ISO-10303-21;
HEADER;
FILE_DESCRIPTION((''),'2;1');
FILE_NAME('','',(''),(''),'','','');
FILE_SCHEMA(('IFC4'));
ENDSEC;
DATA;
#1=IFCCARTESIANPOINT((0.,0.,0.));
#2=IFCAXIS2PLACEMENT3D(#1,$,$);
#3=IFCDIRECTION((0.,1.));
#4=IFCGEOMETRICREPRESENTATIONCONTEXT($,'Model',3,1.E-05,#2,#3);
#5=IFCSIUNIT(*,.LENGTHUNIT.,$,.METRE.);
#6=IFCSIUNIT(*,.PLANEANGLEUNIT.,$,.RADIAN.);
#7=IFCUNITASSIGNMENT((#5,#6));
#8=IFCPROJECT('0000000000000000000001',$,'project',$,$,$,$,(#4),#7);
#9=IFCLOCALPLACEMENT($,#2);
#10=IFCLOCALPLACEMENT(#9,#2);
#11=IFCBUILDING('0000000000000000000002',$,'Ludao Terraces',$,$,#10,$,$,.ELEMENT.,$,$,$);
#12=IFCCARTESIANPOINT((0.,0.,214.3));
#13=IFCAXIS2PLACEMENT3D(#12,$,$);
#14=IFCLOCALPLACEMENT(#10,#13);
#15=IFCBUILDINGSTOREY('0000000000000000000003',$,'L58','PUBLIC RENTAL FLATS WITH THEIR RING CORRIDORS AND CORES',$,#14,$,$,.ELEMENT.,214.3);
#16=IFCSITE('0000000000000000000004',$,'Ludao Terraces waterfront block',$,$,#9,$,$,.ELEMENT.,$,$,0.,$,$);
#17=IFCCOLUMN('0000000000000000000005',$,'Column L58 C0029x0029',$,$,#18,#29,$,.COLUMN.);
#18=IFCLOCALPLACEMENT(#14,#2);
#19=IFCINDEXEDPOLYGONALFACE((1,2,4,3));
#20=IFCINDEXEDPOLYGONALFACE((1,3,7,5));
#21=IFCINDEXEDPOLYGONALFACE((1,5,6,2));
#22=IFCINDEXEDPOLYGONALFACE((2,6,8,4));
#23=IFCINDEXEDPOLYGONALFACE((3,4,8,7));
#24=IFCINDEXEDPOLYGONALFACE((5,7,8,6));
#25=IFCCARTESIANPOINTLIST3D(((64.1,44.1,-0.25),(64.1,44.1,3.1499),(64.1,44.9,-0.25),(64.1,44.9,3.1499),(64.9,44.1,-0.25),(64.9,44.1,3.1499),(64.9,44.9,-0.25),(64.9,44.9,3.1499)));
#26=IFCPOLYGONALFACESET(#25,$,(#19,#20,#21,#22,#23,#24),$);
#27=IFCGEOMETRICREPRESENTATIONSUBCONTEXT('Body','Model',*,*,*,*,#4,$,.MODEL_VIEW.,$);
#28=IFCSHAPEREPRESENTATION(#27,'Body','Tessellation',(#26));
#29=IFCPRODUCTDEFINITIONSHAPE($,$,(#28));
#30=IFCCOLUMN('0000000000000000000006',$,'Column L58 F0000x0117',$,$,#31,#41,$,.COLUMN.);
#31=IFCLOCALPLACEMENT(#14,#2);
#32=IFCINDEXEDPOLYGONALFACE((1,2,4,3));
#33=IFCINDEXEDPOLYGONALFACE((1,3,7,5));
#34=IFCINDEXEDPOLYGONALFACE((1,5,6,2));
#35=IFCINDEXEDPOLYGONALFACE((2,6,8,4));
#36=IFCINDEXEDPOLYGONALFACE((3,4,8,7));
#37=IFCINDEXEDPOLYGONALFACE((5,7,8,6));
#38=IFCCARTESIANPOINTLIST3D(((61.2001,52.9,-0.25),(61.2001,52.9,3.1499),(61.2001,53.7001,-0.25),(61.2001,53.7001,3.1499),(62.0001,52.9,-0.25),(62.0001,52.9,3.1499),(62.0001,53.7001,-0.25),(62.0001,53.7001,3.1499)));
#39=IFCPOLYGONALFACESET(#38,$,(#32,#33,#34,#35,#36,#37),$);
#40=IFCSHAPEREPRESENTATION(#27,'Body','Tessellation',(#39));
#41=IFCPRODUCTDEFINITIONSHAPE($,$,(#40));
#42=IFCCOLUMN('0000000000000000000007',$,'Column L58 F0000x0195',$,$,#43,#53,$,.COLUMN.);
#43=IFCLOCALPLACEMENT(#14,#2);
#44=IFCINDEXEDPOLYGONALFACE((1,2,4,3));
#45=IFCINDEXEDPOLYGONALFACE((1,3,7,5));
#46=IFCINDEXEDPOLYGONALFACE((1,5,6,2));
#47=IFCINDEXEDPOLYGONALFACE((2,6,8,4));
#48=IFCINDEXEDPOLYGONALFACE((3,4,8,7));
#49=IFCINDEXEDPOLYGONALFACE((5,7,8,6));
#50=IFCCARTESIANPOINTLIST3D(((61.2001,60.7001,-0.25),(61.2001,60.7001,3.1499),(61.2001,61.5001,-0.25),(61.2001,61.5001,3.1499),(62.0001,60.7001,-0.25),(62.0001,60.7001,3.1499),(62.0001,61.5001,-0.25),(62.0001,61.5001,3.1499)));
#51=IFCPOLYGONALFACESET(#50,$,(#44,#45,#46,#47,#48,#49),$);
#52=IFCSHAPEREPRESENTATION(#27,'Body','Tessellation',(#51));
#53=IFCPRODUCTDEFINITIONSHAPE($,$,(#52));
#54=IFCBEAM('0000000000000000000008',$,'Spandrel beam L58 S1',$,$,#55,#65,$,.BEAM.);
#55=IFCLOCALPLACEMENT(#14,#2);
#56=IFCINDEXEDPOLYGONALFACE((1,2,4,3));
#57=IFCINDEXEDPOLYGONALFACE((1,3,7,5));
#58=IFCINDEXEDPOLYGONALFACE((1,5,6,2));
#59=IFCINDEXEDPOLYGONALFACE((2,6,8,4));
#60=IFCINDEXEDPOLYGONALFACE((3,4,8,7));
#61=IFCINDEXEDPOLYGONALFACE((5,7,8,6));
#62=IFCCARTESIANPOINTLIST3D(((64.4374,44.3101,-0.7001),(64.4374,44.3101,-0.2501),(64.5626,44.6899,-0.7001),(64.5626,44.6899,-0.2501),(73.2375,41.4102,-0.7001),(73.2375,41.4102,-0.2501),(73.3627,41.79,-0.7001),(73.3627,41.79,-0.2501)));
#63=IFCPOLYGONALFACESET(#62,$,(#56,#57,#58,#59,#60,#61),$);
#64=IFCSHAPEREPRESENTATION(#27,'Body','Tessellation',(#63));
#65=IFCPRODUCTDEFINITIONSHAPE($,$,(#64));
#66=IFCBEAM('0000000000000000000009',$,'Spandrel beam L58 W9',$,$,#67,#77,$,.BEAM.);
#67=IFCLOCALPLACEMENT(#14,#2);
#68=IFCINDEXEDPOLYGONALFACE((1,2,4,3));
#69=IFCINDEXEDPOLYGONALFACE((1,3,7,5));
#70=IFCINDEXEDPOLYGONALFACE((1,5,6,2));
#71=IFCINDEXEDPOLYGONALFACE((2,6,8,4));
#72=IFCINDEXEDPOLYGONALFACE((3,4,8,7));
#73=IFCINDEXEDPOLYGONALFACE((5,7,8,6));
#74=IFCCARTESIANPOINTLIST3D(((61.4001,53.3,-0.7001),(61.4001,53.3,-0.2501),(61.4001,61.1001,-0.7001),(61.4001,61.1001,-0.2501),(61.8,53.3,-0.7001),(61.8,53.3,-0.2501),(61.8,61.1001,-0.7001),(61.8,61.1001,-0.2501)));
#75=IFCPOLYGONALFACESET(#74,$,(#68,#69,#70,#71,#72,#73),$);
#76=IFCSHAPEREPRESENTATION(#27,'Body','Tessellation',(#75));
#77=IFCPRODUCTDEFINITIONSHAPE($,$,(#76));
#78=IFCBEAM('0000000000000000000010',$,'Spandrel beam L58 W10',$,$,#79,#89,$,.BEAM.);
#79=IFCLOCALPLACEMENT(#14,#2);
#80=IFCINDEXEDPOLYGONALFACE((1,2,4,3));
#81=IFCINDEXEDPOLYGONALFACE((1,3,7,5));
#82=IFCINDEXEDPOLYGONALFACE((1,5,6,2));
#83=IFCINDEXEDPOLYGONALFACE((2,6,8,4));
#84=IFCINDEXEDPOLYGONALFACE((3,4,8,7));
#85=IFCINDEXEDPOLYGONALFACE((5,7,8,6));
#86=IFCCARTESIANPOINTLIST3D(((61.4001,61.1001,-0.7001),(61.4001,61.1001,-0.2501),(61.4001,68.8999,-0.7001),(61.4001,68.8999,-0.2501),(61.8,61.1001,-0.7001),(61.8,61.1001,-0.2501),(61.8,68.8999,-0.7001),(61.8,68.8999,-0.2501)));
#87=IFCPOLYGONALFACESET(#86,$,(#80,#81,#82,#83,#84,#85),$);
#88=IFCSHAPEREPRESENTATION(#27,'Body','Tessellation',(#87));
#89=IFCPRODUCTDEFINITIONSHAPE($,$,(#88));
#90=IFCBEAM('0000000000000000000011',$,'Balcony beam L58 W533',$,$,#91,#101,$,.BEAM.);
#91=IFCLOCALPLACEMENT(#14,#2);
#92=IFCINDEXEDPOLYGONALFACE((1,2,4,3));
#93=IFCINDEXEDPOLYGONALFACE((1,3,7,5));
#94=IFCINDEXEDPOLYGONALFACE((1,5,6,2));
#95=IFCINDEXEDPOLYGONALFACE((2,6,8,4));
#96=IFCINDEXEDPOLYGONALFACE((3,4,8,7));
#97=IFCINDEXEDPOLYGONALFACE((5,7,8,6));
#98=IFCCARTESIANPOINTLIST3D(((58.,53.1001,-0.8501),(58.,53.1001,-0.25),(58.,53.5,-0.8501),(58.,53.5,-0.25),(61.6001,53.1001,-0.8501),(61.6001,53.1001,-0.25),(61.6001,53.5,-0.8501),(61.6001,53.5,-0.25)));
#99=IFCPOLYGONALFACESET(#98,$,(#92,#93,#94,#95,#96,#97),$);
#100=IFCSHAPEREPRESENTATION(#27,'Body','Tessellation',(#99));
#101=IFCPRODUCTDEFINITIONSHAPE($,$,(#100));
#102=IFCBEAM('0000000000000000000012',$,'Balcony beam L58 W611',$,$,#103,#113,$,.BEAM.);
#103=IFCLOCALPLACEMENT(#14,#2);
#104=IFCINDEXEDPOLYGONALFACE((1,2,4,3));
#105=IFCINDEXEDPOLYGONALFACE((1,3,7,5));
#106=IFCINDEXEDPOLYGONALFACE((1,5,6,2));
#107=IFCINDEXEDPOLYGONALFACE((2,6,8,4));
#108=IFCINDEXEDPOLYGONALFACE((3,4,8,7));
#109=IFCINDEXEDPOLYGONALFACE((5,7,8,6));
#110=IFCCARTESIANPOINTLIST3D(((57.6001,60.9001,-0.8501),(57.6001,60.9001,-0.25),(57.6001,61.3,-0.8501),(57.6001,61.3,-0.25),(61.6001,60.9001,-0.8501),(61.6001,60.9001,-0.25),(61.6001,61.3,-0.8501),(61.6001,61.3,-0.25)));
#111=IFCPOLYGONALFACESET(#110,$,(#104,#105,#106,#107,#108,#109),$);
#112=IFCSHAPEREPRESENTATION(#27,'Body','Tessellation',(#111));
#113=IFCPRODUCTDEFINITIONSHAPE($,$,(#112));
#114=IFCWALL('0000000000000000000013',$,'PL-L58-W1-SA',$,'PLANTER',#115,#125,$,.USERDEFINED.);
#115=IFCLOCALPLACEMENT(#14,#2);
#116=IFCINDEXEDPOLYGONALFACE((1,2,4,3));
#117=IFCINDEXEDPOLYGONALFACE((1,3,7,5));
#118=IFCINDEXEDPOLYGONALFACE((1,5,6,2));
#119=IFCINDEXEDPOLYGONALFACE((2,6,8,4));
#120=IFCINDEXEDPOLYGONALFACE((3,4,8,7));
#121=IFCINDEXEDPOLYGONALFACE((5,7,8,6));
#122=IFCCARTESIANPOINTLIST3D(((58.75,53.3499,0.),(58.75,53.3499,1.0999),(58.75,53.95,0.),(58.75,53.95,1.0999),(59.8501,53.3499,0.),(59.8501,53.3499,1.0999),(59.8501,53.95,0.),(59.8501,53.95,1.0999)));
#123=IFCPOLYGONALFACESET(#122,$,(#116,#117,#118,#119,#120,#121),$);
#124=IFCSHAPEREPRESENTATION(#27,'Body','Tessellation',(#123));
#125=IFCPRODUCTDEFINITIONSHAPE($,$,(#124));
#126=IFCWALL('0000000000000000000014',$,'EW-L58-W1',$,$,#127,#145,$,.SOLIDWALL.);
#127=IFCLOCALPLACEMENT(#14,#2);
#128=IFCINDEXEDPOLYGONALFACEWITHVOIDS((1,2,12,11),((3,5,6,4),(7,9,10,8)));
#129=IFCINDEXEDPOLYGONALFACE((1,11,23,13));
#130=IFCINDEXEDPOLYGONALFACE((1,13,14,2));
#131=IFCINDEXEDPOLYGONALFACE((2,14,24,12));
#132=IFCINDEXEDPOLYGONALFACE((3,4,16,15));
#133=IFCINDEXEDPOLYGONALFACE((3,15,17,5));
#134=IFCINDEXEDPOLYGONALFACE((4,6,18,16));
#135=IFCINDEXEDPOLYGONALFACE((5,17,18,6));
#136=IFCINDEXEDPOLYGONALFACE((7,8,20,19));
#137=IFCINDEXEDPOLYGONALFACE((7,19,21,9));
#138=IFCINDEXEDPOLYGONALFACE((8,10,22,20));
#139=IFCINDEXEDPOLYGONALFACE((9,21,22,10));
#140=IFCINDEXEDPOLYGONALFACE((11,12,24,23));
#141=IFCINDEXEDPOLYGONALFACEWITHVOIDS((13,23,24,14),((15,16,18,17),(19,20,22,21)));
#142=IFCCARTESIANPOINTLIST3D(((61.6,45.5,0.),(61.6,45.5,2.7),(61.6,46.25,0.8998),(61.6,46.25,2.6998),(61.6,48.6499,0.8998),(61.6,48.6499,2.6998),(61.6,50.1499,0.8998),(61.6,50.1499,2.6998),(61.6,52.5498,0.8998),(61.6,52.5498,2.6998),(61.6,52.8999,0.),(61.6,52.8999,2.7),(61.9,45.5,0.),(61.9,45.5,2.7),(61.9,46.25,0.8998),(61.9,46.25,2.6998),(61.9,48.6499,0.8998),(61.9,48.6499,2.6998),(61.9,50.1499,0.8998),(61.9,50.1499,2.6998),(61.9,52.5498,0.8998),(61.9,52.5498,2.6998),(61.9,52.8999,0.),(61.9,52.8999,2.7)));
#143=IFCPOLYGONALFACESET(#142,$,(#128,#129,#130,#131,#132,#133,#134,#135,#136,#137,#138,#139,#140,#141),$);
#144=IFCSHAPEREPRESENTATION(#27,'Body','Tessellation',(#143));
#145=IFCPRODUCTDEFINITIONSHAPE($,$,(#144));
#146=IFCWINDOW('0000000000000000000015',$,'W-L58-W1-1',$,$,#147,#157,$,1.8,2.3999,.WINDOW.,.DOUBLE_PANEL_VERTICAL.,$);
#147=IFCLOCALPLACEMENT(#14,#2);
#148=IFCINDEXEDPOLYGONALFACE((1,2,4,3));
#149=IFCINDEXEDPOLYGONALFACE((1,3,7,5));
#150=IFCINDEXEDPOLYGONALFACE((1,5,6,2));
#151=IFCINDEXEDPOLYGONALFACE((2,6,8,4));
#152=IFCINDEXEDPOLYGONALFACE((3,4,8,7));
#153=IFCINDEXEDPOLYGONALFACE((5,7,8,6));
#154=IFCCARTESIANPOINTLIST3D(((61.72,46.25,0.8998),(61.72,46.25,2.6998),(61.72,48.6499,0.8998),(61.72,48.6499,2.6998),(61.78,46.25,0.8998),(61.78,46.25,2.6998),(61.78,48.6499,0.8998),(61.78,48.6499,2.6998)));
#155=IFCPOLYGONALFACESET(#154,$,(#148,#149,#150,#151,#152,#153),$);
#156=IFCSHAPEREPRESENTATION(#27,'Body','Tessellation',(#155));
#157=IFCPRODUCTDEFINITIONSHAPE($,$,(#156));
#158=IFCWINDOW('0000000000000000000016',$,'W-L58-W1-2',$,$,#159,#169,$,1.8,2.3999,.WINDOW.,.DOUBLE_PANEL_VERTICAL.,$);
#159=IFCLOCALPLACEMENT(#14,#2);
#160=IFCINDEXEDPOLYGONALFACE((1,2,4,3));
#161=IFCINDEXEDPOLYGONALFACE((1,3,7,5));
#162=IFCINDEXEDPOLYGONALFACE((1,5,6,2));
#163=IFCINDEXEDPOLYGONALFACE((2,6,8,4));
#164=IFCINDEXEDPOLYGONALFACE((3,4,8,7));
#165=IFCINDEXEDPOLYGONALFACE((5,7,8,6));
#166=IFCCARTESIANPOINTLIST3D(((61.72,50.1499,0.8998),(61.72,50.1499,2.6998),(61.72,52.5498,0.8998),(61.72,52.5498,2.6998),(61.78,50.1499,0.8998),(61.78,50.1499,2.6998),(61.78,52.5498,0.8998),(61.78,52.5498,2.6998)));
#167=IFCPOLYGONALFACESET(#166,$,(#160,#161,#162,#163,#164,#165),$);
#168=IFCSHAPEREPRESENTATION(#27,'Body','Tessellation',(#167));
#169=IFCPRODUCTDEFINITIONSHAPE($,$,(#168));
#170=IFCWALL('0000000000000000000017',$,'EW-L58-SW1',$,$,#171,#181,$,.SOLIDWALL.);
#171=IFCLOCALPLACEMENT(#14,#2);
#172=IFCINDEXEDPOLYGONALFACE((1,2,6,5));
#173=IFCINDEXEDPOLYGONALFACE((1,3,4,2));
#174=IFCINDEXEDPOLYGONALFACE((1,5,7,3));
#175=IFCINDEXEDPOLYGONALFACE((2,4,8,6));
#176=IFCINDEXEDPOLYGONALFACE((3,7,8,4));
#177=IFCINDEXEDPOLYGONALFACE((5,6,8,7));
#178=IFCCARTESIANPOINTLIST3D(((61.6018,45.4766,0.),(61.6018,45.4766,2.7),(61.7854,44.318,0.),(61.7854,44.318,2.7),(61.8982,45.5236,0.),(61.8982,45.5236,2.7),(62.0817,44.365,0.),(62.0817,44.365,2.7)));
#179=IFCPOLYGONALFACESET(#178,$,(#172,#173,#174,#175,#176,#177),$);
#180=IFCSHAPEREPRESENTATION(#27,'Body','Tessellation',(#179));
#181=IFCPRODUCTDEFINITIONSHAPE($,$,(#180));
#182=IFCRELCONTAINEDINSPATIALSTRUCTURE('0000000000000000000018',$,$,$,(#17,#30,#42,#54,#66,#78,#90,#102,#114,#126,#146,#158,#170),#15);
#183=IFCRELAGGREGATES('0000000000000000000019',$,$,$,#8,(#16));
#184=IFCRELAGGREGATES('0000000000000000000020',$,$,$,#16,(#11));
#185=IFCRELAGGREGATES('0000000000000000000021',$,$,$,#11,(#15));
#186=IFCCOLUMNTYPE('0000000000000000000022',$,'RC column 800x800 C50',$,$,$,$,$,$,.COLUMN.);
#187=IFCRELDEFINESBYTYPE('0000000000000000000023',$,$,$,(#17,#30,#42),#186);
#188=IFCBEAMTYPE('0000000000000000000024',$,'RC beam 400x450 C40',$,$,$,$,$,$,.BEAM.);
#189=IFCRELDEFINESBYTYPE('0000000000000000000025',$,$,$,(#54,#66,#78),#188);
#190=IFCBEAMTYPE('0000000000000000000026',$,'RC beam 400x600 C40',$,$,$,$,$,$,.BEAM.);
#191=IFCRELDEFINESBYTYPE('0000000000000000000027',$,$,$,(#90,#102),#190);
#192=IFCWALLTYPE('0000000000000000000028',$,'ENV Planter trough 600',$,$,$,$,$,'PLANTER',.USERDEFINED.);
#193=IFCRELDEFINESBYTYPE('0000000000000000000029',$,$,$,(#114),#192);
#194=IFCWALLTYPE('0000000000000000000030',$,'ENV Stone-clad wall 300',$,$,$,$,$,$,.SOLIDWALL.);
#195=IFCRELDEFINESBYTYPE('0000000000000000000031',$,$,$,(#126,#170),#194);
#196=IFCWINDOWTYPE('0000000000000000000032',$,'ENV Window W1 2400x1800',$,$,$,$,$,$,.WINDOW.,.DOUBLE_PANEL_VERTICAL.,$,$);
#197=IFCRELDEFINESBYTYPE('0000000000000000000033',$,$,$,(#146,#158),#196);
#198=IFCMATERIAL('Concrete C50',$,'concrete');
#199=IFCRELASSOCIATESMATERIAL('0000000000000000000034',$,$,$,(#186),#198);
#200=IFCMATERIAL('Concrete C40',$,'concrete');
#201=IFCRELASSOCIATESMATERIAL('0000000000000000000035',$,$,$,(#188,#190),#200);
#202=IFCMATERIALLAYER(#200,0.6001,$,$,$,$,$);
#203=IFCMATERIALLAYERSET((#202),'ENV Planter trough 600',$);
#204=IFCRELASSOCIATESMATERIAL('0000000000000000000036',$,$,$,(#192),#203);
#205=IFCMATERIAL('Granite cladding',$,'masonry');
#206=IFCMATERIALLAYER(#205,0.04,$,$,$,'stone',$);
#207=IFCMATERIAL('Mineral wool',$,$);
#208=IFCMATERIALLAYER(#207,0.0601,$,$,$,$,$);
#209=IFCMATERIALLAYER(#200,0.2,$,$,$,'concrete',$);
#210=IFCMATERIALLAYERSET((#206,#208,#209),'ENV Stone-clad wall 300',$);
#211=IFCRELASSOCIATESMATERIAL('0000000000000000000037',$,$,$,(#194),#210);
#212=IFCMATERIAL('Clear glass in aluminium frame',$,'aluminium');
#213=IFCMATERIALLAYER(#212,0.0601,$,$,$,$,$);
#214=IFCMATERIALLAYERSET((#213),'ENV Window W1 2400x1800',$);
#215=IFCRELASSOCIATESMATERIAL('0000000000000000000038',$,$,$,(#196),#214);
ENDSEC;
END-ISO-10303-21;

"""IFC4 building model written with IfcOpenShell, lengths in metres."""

from ifc_helpers import new_model, si_unit, direction, frame, frame_2d, origin, origin_2d, place, context, subcontext, project, spatial, rectangle, extrude, material, layer, layer_set, material_profile, profile_set, type_object, element, fill, save


model = new_model("IFC4")

# Units and contexts
model_context = context("Model", 3, precision=1e-05, world=origin(), true_north=direction((0.0, 1.0)))
body_context = subcontext(model_context, "Body", "Model", "MODEL_VIEW")
ifc_project = project(units=[si_unit("LENGTHUNIT", "METRE"), si_unit("PLANEANGLEUNIT", "RADIAN")], contexts=[model_context])

# Site, building, storey
site_placement = place(None, origin())
site = spatial("IfcSite", under=ifc_project, at=site_placement, Name="Ludao Terraces waterfront block", CompositionType="ELEMENT", RefElevation=0.0)
building_placement = place(site_placement, origin())
building = spatial("IfcBuilding", under=site, at=building_placement, Name="Ludao Terraces", CompositionType="ELEMENT")
storey_placement = place(building_placement, frame((0.0, 0.0, 214.3)))
storey = spatial("IfcBuildingStorey", under=building, at=storey_placement, Name="L58", Description="PUBLIC RENTAL FLATS WITH THEIR RING CORRIDORS AND CORES", CompositionType="ELEMENT", Elevation=214.3)

# Columns
ifc_material_1 = material(Name="Concrete C50", Category="concrete")
ifc_material_profile_1 = material_profile(ifc_material_1, rectangle(XDim=0.8, YDim=0.8, at=origin_2d()), Name="800 X 800")
ifc_profile_set_1 = profile_set([ifc_material_profile_1], Name="Concrete C50")
column_type = type_object("IfcColumnType", Name="RC column 800x800 C50", PredefinedType="COLUMN", material=ifc_profile_set_1)
for number, where, z_axis, x_axis, name in (
    (1, (64.5, 44.5, -0.25), (0.0, 0.0, 1.0), (1.0, 0.0, 0.0), "Column L58 C0029x0029"),
    (2, (61.6001, 53.3, -0.25), (0.0, 0.0, 1.0), (1.0, 0.0, 0.0), "Column L58 F0000x0117"),
    (3, (61.6001, 61.1001, -0.25), (0.0, 0.0, 1.0), (1.0, 0.0, 0.0), "Column L58 F0000x0195"),
):
    element("IfcColumn", number, at=place(storey_placement, frame(where, z_axis=z_axis, x_axis=x_axis)), inside=storey, type_object=column_type, Name=name, PredefinedType="COLUMN", context=body_context, shape_type="SweptSolid", body=[
        extrude(rectangle(XDim=0.8, YDim=0.8, at=origin_2d()), origin(), (0.0, 0.0, 1.0), 3.3999),
    ])

# Beams
ifc_material_2 = material(Name="Concrete C40", Category="concrete")
ifc_material_profile_2 = material_profile(ifc_material_2, rectangle(XDim=0.3999, YDim=0.45, at=origin_2d()), Name="400 X 450")
ifc_profile_set_2 = profile_set([ifc_material_profile_2], Name="Concrete C40")
beam_type_1 = type_object("IfcBeamType", Name="RC beam 400x450 C40", PredefinedType="BEAM", material=ifc_profile_set_2)
beam_1_placement = place(storey_placement, frame((64.5, 44.5, -0.4751), z_axis=(0.949761, -0.312977, 0.0), x_axis=(0.312977, 0.949761, 0.0)))
element("IfcBeam", 4, at=beam_1_placement, inside=storey, type_object=beam_type_1, Name="Spandrel beam L58 S1", PredefinedType="BEAM", context=body_context, shape_type="SweptSolid", body=[
    extrude(rectangle(XDim=0.3999, YDim=0.45, at=origin_2d()), origin(), (0.0, 0.0, 1.0), 9.2656),
])
beam_2_placement = place(storey_placement, frame((61.6001, 53.3, -0.4751), z_axis=(0.0, 1.0, 0.0), x_axis=(-1.0, 0.0, 0.0)))
element("IfcBeam", 5, at=beam_2_placement, inside=storey, type_object=beam_type_1, Name="Spandrel beam L58 W9", PredefinedType="BEAM", context=body_context, shape_type="SweptSolid", body=[
    extrude(rectangle(XDim=0.3999, YDim=0.45, at=origin_2d()), origin(), (0.0, 0.0, 1.0), 7.8),
])
beam_3_placement = place(storey_placement, frame((61.6001, 61.1001, -0.4751), z_axis=(0.0, 1.0, 0.0), x_axis=(-1.0, 0.0, 0.0)))
element("IfcBeam", 6, at=beam_3_placement, inside=storey, type_object=beam_type_1, Name="Spandrel beam L58 W10", PredefinedType="BEAM", context=body_context, shape_type="SweptSolid", body=[
    extrude(rectangle(XDim=0.3999, YDim=0.45, at=origin_2d()), origin(), (0.0, 0.0, 1.0), 7.7998),
])
ifc_material_profile_3 = material_profile(ifc_material_2, rectangle(XDim=0.3999, YDim=0.6001, at=origin_2d()), Name="400 X 600")
ifc_profile_set_3 = profile_set([ifc_material_profile_3], Name="Concrete C40")
beam_type_2 = type_object("IfcBeamType", Name="RC beam 400x600 C40", PredefinedType="BEAM", material=ifc_profile_set_3)
beam_4_placement = place(storey_placement, frame((61.6001, 53.3, -0.55), z_axis=(-1.0, 0.0, 0.0), x_axis=(0.0, -1.0, 0.0)))
element("IfcBeam", 7, at=beam_4_placement, inside=storey, type_object=beam_type_2, Name="Balcony beam L58 W533", PredefinedType="BEAM", context=body_context, shape_type="SweptSolid", body=[
    extrude(rectangle(XDim=0.3999, YDim=0.6001, at=origin_2d()), origin(), (0.0, 0.0, 1.0), 3.6001),
])
beam_5_placement = place(storey_placement, frame((61.6001, 61.1001, -0.55), z_axis=(-1.0, 0.0, 0.0), x_axis=(0.0, -1.0, 0.0)))
element("IfcBeam", 8, at=beam_5_placement, inside=storey, type_object=beam_type_2, Name="Balcony beam L58 W611", PredefinedType="BEAM", context=body_context, shape_type="SweptSolid", body=[
    extrude(rectangle(XDim=0.3999, YDim=0.6001, at=origin_2d()), origin(), (0.0, 0.0, 1.0), 4.0),
])

# Wall
ifc_layer_1 = layer(ifc_material_2, 0.6001)
ifc_layer_set_1 = layer_set([ifc_layer_1], Name="ENV Planter trough 600")
wall_type_1 = type_object("IfcWallType", Name="ENV Planter trough 600", ElementType="PLANTER", PredefinedType="USERDEFINED", material=ifc_layer_set_1)
wall_1_placement = place(storey_placement, frame((58.75, 53.6499, 0.0), z_axis=(0.0, 0.0, 1.0), x_axis=(1.0, 0.0, 0.0)))
element("IfcWall", 9, at=wall_1_placement, inside=storey, type_object=wall_type_1, Name="PL-L58-W1-SA", ObjectType="PLANTER", PredefinedType="USERDEFINED", context=body_context, shape_type="SweptSolid", body=[
    extrude(rectangle(XDim=1.1001, YDim=0.6001, at=frame_2d((0.55, 0.0))), origin(), (0.0, 0.0, 1.0), 1.0999),
])

# Wall, openings, windows
ifc_material_3 = material(Name="Granite cladding", Category="masonry")
ifc_layer_2 = layer(ifc_material_3, 0.04, Category="stone")
ifc_material_4 = material(Name="Mineral wool")
ifc_layer_3 = layer(ifc_material_4, 0.0601)
ifc_layer_4 = layer(ifc_material_2, 0.2, Category="concrete")
ifc_layer_set_2 = layer_set([ifc_layer_2, ifc_layer_3, ifc_layer_4], Name="ENV Stone-clad wall 300")
wall_type_2 = type_object("IfcWallType", Name="ENV Stone-clad wall 300", PredefinedType="SOLIDWALL", material=ifc_layer_set_2)
wall_2_placement = place(storey_placement, frame((61.75, 45.5, 0.0), z_axis=(0.0, 0.0, 1.0), x_axis=(0.0, 1.0, 0.0)))
wall_2 = element("IfcWall", 10, at=wall_2_placement, inside=storey, type_object=wall_type_2, Name="EW-L58-W1", PredefinedType="SOLIDWALL", context=body_context, shape_type="SweptSolid", body=[
    extrude(rectangle(XDim=7.3999, YDim=0.3, at=frame_2d((3.7, 0.0))), origin(), (0.0, 0.0, 1.0), 2.7),
])
opening_1_placement = place(wall_2_placement, frame((0.75, 0.0, 0.8999)))
opening_1 = element("IfcOpeningElement", 11, at=opening_1_placement, cuts=wall_2, PredefinedType="OPENING", context=body_context, shape_type="SweptSolid", body=[
    extrude(rectangle(XDim=2.3999, YDim=1.8, at=frame_2d((1.2, 0.8999))), frame((0.0, 0.1602, 0.0), z_axis=(0.0, -1.0, 0.0), x_axis=(1.0, 0.0, 0.0)), (0.0, 0.0, 1.0), 0.3201),
])
opening_2_placement = place(wall_2_placement, frame((4.6499, 0.0, 0.8999)))
opening_2 = element("IfcOpeningElement", 12, at=opening_2_placement, cuts=wall_2, PredefinedType="OPENING", context=body_context, shape_type="SweptSolid", body=[
    extrude(rectangle(XDim=2.3999, YDim=1.8, at=frame_2d((1.2, 0.8999))), frame((0.0, 0.1602, 0.0), z_axis=(0.0, -1.0, 0.0), x_axis=(1.0, 0.0, 0.0)), (0.0, 0.0, 1.0), 0.3201),
])
ifc_material_5 = material(Name="Clear glass in aluminium frame", Category="aluminium")
ifc_layer_5 = layer(ifc_material_5, 0.0601)
ifc_layer_set_3 = layer_set([ifc_layer_5], Name="ENV Window W1 2400x1800")
window_type_1 = type_object("IfcWindowType", Name="ENV Window W1 2400x1800", PartitioningType="DOUBLE_PANEL_VERTICAL", PredefinedType="WINDOW", material=ifc_layer_set_3)
window_1_placement = place(opening_1_placement, origin())
window_1 = element("IfcWindow", 13, at=window_1_placement, inside=storey, type_object=window_type_1, Name="W-L58-W1-1", OverallHeight=1.8, OverallWidth=2.3999, PartitioningType="DOUBLE_PANEL_VERTICAL", PredefinedType="WINDOW", context=body_context, shape_type="SweptSolid", body=[
    extrude(rectangle(XDim=2.3999, YDim=1.8, at=frame_2d((1.2, 0.8999))), frame((0.0, 0.03, 0.0), z_axis=(0.0, -1.0, 0.0), x_axis=(1.0, 0.0, 0.0)), (0.0, 0.0, 1.0), 0.0601),
])
fill(opening_1, window_1)
window_2_placement = place(opening_2_placement, origin())
window_2 = element("IfcWindow", 14, at=window_2_placement, inside=storey, type_object=window_type_1, Name="W-L58-W1-2", OverallHeight=1.8, OverallWidth=2.3999, PartitioningType="DOUBLE_PANEL_VERTICAL", PredefinedType="WINDOW", context=body_context, shape_type="SweptSolid", body=[
    extrude(rectangle(XDim=2.3999, YDim=1.8, at=frame_2d((1.2, 0.8999))), frame((0.0, 0.03, 0.0), z_axis=(0.0, -1.0, 0.0), x_axis=(1.0, 0.0, 0.0)), (0.0, 0.0, 1.0), 0.0601),
])
fill(opening_2, window_2)

# Wall
wall_3_placement = place(storey_placement, frame((61.75, 45.5, 0.0), z_axis=(0.0, 0.0, 1.0), x_axis=(0.156497, -0.987678, 0.0)))
element("IfcWall", 15, at=wall_3_placement, inside=storey, type_object=wall_type_2, Name="EW-L58-SW1", PredefinedType="SOLIDWALL", context=body_context, shape_type="SweptSolid", body=[
    extrude(rectangle(XDim=1.1731, YDim=0.3, at=frame_2d((0.5864, 0.0))), origin(), (0.0, 0.0, 1.0), 2.7),
])

save(model, "model.ifc")
